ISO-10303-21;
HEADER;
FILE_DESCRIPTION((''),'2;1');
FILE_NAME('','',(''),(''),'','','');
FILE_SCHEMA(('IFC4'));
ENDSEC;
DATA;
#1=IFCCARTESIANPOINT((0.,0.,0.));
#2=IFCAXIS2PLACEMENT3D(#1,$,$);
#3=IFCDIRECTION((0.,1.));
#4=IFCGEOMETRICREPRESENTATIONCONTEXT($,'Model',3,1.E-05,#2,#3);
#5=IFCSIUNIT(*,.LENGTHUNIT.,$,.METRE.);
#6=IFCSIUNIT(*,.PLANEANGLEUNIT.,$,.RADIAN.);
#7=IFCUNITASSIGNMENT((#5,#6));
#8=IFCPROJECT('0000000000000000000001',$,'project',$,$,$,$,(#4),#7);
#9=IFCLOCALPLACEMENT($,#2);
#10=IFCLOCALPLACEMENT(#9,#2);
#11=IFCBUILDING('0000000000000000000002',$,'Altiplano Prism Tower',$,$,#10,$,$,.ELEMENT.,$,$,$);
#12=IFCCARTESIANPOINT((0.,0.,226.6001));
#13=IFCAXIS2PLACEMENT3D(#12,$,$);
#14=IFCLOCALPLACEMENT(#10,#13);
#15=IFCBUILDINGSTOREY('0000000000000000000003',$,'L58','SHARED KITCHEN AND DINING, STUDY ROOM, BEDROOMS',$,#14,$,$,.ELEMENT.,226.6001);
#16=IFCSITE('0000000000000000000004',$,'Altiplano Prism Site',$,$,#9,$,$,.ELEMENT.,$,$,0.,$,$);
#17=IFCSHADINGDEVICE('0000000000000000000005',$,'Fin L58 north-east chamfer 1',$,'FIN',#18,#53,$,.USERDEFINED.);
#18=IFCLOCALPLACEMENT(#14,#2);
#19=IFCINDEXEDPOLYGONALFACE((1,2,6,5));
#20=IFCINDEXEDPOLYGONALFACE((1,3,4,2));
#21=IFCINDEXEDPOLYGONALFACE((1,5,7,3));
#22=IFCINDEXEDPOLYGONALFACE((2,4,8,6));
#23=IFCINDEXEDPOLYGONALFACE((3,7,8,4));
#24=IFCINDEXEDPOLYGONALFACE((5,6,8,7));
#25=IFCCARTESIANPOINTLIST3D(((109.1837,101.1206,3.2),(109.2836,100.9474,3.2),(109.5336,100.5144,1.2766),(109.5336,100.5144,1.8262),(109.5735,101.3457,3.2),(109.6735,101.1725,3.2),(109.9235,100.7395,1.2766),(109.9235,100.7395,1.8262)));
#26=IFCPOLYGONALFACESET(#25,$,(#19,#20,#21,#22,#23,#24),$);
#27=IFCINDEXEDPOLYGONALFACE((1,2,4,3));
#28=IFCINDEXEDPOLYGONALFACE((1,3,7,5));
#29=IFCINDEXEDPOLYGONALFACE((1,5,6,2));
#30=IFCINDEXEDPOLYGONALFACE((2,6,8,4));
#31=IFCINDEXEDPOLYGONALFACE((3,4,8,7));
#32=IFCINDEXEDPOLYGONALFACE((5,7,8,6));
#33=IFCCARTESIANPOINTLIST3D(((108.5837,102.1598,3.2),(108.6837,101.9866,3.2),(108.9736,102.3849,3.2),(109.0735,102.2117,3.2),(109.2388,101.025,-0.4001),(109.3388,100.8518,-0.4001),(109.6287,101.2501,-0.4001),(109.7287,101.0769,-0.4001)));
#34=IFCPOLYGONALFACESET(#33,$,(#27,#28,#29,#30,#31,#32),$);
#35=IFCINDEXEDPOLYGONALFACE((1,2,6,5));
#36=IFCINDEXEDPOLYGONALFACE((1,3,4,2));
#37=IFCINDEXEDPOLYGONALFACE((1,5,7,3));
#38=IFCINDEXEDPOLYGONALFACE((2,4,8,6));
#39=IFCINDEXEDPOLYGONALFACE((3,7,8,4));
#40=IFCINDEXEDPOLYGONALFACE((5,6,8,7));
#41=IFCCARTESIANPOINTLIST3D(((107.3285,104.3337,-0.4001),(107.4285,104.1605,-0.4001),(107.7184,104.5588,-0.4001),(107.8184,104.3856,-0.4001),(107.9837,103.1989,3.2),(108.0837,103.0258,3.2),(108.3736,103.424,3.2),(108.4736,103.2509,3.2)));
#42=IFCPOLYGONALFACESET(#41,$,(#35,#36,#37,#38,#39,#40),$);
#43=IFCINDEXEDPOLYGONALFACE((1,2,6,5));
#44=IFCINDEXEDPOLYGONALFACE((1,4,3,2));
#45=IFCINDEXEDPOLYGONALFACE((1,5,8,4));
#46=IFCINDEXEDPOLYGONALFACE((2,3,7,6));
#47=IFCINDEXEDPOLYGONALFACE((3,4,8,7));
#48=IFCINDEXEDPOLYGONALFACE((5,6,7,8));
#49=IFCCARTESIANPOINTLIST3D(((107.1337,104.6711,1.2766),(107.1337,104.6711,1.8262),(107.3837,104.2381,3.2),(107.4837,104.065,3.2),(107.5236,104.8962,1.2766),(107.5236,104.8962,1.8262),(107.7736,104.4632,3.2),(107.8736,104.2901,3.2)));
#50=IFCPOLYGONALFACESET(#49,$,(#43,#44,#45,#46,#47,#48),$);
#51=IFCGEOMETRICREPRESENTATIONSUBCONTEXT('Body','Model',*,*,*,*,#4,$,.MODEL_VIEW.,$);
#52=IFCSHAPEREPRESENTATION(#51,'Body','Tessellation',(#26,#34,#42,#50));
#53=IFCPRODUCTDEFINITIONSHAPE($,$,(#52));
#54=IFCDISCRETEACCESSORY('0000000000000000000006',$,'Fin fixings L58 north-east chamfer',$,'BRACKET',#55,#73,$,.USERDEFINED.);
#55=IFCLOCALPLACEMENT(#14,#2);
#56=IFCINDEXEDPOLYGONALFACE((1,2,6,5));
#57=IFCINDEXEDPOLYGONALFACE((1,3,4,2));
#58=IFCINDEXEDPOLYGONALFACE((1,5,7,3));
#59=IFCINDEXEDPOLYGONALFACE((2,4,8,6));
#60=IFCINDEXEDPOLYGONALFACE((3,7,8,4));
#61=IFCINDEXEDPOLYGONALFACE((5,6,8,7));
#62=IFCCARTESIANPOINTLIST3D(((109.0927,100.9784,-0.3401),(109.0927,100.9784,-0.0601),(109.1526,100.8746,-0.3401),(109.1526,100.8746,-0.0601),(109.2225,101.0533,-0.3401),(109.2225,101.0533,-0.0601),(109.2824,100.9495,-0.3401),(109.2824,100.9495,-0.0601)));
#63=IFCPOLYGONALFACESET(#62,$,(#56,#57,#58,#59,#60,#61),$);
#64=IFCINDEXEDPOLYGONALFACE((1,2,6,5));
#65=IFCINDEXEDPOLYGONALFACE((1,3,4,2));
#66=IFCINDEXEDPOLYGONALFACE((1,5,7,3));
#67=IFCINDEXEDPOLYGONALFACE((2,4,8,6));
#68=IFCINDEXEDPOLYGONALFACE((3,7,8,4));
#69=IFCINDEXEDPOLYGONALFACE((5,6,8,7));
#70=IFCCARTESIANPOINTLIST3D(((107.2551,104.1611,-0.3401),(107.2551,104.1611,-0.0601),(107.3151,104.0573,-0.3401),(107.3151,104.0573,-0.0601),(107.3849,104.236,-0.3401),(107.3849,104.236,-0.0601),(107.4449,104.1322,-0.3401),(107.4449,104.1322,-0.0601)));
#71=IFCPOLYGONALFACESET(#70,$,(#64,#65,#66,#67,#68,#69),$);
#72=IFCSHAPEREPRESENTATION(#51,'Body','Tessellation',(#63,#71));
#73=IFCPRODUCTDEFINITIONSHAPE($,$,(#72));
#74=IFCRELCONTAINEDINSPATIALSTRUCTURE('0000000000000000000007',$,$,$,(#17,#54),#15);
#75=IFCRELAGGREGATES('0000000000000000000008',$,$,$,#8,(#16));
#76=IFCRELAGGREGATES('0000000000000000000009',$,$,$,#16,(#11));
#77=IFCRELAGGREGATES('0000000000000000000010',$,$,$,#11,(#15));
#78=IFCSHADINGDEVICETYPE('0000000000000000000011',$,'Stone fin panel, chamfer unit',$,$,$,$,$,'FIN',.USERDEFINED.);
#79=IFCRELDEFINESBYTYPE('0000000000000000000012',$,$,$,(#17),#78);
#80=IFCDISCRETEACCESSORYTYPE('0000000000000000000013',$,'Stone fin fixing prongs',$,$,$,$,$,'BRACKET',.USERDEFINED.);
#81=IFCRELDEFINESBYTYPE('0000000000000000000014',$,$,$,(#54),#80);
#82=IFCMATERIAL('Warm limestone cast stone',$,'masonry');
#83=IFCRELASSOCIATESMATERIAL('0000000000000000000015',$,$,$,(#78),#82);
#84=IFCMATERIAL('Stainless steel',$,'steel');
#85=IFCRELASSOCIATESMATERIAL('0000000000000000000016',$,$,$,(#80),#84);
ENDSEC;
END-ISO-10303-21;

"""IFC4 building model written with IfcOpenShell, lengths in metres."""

from ifc_helpers import new_model, si_unit, direction, frame, origin, place, context, subcontext, project, spatial, polyline, outline, extrude, source, transform, mapped, material, type_object, element, save


model = new_model("IFC4")

# Units and contexts
model_context = context("Model", 3, precision=1e-05, world=origin(), true_north=direction((0.0, 1.0)))
body_context = subcontext(model_context, "Body", "Model", "MODEL_VIEW")
ifc_project = project(units=[si_unit("LENGTHUNIT", "METRE"), si_unit("PLANEANGLEUNIT", "RADIAN")], contexts=[model_context])

# Site, building, storey
site_placement = place(None, origin())
site = spatial("IfcSite", under=ifc_project, at=site_placement, Name="Altiplano Prism Site", CompositionType="ELEMENT", RefElevation=0.0)
building_placement = place(site_placement, origin())
building = spatial("IfcBuilding", under=site, at=building_placement, Name="Altiplano Prism Tower", CompositionType="ELEMENT")
storey_placement = place(building_placement, frame((0.0, 0.0, 226.6001)))
storey = spatial("IfcBuildingStorey", under=building, at=storey_placement, Name="L58", Description="SHARED KITCHEN AND DINING, STUDY ROOM, BEDROOMS", CompositionType="ELEMENT", Elevation=226.6001)

# Shading device
ifc_material_1 = material(Name="Warm limestone cast stone", Category="masonry")
shading_device_type_1 = type_object("IfcShadingDeviceType", Name="Stone fin panel, chamfer unit", ElementType="FIN", PredefinedType="USERDEFINED", material=ifc_material_1)
shared_shape_1 = source(origin(), body_context, "Body", "SweptSolid", [
    extrude(outline(polyline([(-2.3999, 1.6768), (-1.7, 3.6001), (-1.8999, 3.6001), (-2.3999, 2.2263), (-2.3999, 1.6768)])), frame((0.0, -0.1499, 0.0), z_axis=(0.0, -1.0, 0.0), x_axis=(1.0, 0.0, 0.0)), (0.0, 0.0, 1.0), 0.4502),
    extrude(outline(polyline([(-2.0103, 0.0), (-1.8103, 0.0), (-0.5, 3.6001), (-0.7, 3.6001), (-2.0103, 0.0)])), frame((0.0, -0.1499, 0.0), z_axis=(0.0, -1.0, 0.0), x_axis=(1.0, 0.0, 0.0)), (0.0, 0.0, 1.0), 0.4502),
    extrude(outline(polyline([(1.8103, 0.0), (2.0103, 0.0), (0.7, 3.6001), (0.5, 3.6001), (1.8103, 0.0)])), frame((0.0, -0.1499, 0.0), z_axis=(0.0, -1.0, 0.0), x_axis=(1.0, 0.0, 0.0)), (0.0, 0.0, 1.0), 0.4502),
    extrude(outline(polyline([(2.3999, 2.2263), (1.8999, 3.6001), (1.7, 3.6001), (2.3999, 1.6768), (2.3999, 2.2263)])), frame((0.0, -0.1499, 0.0), z_axis=(0.0, -1.0, 0.0), x_axis=(1.0, 0.0, 0.0)), (0.0, 0.0, 1.0), 0.4502),
])
shading_device_1_placement = place(storey_placement, origin())
element("IfcShadingDevice", 1, at=shading_device_1_placement, inside=storey, type_object=shading_device_type_1, Name="Fin L58 north-east chamfer 1", ObjectType="FIN", PredefinedType="USERDEFINED", context=body_context, shape_type="MappedRepresentation", body=[
    mapped(shared_shape_1, transform((108.2039, 102.5178, -0.4001), x_axis=(-0.5, 0.866025, 0.0), y_axis=(-0.866025, -0.5, 0.0), z_axis=(0.0, 0.0, 1.0))),
])

# Discrete accessory
ifc_material_2 = material(Name="Stainless steel", Category="steel")
discrete_accessory_type = type_object("IfcDiscreteAccessoryType", Name="Stone fin fixing prongs", ElementType="BRACKET", PredefinedType="USERDEFINED", material=ifc_material_2)
shared_shape_2 = source(origin(), body_context, "Body", "SweptSolid", [
    extrude(outline(polyline([(-1.8975, 0.0601), (-1.7776, 0.0601), (-1.7776, 0.3401), (-1.8975, 0.3401), (-1.8975, 0.0601)])), frame((0.0, 0.0, 0.0), z_axis=(0.0, -1.0, 0.0), x_axis=(1.0, 0.0, 0.0)), (0.0, 0.0, 1.0), 0.1499),
    extrude(outline(polyline([(1.7776, 0.0601), (1.8975, 0.0601), (1.8975, 0.3401), (1.7776, 0.3401), (1.7776, 0.0601)])), frame((0.0, 0.0, 0.0), z_axis=(0.0, -1.0, 0.0), x_axis=(1.0, 0.0, 0.0)), (0.0, 0.0, 1.0), 0.1499),
])
discrete_accessory_1_placement = place(storey_placement, origin())
element("IfcDiscreteAccessory", 2, at=discrete_accessory_1_placement, inside=storey, type_object=discrete_accessory_type, Name="Fin fixings L58 north-east chamfer", ObjectType="BRACKET", PredefinedType="USERDEFINED", context=body_context, shape_type="MappedRepresentation", body=[
    mapped(shared_shape_2, transform((108.2039, 102.5178, -0.4001), x_axis=(-0.5, 0.866025, 0.0), y_axis=(-0.866025, -0.5, 0.0), z_axis=(0.0, 0.0, 1.0))),
])

save(model, "model.ifc")
